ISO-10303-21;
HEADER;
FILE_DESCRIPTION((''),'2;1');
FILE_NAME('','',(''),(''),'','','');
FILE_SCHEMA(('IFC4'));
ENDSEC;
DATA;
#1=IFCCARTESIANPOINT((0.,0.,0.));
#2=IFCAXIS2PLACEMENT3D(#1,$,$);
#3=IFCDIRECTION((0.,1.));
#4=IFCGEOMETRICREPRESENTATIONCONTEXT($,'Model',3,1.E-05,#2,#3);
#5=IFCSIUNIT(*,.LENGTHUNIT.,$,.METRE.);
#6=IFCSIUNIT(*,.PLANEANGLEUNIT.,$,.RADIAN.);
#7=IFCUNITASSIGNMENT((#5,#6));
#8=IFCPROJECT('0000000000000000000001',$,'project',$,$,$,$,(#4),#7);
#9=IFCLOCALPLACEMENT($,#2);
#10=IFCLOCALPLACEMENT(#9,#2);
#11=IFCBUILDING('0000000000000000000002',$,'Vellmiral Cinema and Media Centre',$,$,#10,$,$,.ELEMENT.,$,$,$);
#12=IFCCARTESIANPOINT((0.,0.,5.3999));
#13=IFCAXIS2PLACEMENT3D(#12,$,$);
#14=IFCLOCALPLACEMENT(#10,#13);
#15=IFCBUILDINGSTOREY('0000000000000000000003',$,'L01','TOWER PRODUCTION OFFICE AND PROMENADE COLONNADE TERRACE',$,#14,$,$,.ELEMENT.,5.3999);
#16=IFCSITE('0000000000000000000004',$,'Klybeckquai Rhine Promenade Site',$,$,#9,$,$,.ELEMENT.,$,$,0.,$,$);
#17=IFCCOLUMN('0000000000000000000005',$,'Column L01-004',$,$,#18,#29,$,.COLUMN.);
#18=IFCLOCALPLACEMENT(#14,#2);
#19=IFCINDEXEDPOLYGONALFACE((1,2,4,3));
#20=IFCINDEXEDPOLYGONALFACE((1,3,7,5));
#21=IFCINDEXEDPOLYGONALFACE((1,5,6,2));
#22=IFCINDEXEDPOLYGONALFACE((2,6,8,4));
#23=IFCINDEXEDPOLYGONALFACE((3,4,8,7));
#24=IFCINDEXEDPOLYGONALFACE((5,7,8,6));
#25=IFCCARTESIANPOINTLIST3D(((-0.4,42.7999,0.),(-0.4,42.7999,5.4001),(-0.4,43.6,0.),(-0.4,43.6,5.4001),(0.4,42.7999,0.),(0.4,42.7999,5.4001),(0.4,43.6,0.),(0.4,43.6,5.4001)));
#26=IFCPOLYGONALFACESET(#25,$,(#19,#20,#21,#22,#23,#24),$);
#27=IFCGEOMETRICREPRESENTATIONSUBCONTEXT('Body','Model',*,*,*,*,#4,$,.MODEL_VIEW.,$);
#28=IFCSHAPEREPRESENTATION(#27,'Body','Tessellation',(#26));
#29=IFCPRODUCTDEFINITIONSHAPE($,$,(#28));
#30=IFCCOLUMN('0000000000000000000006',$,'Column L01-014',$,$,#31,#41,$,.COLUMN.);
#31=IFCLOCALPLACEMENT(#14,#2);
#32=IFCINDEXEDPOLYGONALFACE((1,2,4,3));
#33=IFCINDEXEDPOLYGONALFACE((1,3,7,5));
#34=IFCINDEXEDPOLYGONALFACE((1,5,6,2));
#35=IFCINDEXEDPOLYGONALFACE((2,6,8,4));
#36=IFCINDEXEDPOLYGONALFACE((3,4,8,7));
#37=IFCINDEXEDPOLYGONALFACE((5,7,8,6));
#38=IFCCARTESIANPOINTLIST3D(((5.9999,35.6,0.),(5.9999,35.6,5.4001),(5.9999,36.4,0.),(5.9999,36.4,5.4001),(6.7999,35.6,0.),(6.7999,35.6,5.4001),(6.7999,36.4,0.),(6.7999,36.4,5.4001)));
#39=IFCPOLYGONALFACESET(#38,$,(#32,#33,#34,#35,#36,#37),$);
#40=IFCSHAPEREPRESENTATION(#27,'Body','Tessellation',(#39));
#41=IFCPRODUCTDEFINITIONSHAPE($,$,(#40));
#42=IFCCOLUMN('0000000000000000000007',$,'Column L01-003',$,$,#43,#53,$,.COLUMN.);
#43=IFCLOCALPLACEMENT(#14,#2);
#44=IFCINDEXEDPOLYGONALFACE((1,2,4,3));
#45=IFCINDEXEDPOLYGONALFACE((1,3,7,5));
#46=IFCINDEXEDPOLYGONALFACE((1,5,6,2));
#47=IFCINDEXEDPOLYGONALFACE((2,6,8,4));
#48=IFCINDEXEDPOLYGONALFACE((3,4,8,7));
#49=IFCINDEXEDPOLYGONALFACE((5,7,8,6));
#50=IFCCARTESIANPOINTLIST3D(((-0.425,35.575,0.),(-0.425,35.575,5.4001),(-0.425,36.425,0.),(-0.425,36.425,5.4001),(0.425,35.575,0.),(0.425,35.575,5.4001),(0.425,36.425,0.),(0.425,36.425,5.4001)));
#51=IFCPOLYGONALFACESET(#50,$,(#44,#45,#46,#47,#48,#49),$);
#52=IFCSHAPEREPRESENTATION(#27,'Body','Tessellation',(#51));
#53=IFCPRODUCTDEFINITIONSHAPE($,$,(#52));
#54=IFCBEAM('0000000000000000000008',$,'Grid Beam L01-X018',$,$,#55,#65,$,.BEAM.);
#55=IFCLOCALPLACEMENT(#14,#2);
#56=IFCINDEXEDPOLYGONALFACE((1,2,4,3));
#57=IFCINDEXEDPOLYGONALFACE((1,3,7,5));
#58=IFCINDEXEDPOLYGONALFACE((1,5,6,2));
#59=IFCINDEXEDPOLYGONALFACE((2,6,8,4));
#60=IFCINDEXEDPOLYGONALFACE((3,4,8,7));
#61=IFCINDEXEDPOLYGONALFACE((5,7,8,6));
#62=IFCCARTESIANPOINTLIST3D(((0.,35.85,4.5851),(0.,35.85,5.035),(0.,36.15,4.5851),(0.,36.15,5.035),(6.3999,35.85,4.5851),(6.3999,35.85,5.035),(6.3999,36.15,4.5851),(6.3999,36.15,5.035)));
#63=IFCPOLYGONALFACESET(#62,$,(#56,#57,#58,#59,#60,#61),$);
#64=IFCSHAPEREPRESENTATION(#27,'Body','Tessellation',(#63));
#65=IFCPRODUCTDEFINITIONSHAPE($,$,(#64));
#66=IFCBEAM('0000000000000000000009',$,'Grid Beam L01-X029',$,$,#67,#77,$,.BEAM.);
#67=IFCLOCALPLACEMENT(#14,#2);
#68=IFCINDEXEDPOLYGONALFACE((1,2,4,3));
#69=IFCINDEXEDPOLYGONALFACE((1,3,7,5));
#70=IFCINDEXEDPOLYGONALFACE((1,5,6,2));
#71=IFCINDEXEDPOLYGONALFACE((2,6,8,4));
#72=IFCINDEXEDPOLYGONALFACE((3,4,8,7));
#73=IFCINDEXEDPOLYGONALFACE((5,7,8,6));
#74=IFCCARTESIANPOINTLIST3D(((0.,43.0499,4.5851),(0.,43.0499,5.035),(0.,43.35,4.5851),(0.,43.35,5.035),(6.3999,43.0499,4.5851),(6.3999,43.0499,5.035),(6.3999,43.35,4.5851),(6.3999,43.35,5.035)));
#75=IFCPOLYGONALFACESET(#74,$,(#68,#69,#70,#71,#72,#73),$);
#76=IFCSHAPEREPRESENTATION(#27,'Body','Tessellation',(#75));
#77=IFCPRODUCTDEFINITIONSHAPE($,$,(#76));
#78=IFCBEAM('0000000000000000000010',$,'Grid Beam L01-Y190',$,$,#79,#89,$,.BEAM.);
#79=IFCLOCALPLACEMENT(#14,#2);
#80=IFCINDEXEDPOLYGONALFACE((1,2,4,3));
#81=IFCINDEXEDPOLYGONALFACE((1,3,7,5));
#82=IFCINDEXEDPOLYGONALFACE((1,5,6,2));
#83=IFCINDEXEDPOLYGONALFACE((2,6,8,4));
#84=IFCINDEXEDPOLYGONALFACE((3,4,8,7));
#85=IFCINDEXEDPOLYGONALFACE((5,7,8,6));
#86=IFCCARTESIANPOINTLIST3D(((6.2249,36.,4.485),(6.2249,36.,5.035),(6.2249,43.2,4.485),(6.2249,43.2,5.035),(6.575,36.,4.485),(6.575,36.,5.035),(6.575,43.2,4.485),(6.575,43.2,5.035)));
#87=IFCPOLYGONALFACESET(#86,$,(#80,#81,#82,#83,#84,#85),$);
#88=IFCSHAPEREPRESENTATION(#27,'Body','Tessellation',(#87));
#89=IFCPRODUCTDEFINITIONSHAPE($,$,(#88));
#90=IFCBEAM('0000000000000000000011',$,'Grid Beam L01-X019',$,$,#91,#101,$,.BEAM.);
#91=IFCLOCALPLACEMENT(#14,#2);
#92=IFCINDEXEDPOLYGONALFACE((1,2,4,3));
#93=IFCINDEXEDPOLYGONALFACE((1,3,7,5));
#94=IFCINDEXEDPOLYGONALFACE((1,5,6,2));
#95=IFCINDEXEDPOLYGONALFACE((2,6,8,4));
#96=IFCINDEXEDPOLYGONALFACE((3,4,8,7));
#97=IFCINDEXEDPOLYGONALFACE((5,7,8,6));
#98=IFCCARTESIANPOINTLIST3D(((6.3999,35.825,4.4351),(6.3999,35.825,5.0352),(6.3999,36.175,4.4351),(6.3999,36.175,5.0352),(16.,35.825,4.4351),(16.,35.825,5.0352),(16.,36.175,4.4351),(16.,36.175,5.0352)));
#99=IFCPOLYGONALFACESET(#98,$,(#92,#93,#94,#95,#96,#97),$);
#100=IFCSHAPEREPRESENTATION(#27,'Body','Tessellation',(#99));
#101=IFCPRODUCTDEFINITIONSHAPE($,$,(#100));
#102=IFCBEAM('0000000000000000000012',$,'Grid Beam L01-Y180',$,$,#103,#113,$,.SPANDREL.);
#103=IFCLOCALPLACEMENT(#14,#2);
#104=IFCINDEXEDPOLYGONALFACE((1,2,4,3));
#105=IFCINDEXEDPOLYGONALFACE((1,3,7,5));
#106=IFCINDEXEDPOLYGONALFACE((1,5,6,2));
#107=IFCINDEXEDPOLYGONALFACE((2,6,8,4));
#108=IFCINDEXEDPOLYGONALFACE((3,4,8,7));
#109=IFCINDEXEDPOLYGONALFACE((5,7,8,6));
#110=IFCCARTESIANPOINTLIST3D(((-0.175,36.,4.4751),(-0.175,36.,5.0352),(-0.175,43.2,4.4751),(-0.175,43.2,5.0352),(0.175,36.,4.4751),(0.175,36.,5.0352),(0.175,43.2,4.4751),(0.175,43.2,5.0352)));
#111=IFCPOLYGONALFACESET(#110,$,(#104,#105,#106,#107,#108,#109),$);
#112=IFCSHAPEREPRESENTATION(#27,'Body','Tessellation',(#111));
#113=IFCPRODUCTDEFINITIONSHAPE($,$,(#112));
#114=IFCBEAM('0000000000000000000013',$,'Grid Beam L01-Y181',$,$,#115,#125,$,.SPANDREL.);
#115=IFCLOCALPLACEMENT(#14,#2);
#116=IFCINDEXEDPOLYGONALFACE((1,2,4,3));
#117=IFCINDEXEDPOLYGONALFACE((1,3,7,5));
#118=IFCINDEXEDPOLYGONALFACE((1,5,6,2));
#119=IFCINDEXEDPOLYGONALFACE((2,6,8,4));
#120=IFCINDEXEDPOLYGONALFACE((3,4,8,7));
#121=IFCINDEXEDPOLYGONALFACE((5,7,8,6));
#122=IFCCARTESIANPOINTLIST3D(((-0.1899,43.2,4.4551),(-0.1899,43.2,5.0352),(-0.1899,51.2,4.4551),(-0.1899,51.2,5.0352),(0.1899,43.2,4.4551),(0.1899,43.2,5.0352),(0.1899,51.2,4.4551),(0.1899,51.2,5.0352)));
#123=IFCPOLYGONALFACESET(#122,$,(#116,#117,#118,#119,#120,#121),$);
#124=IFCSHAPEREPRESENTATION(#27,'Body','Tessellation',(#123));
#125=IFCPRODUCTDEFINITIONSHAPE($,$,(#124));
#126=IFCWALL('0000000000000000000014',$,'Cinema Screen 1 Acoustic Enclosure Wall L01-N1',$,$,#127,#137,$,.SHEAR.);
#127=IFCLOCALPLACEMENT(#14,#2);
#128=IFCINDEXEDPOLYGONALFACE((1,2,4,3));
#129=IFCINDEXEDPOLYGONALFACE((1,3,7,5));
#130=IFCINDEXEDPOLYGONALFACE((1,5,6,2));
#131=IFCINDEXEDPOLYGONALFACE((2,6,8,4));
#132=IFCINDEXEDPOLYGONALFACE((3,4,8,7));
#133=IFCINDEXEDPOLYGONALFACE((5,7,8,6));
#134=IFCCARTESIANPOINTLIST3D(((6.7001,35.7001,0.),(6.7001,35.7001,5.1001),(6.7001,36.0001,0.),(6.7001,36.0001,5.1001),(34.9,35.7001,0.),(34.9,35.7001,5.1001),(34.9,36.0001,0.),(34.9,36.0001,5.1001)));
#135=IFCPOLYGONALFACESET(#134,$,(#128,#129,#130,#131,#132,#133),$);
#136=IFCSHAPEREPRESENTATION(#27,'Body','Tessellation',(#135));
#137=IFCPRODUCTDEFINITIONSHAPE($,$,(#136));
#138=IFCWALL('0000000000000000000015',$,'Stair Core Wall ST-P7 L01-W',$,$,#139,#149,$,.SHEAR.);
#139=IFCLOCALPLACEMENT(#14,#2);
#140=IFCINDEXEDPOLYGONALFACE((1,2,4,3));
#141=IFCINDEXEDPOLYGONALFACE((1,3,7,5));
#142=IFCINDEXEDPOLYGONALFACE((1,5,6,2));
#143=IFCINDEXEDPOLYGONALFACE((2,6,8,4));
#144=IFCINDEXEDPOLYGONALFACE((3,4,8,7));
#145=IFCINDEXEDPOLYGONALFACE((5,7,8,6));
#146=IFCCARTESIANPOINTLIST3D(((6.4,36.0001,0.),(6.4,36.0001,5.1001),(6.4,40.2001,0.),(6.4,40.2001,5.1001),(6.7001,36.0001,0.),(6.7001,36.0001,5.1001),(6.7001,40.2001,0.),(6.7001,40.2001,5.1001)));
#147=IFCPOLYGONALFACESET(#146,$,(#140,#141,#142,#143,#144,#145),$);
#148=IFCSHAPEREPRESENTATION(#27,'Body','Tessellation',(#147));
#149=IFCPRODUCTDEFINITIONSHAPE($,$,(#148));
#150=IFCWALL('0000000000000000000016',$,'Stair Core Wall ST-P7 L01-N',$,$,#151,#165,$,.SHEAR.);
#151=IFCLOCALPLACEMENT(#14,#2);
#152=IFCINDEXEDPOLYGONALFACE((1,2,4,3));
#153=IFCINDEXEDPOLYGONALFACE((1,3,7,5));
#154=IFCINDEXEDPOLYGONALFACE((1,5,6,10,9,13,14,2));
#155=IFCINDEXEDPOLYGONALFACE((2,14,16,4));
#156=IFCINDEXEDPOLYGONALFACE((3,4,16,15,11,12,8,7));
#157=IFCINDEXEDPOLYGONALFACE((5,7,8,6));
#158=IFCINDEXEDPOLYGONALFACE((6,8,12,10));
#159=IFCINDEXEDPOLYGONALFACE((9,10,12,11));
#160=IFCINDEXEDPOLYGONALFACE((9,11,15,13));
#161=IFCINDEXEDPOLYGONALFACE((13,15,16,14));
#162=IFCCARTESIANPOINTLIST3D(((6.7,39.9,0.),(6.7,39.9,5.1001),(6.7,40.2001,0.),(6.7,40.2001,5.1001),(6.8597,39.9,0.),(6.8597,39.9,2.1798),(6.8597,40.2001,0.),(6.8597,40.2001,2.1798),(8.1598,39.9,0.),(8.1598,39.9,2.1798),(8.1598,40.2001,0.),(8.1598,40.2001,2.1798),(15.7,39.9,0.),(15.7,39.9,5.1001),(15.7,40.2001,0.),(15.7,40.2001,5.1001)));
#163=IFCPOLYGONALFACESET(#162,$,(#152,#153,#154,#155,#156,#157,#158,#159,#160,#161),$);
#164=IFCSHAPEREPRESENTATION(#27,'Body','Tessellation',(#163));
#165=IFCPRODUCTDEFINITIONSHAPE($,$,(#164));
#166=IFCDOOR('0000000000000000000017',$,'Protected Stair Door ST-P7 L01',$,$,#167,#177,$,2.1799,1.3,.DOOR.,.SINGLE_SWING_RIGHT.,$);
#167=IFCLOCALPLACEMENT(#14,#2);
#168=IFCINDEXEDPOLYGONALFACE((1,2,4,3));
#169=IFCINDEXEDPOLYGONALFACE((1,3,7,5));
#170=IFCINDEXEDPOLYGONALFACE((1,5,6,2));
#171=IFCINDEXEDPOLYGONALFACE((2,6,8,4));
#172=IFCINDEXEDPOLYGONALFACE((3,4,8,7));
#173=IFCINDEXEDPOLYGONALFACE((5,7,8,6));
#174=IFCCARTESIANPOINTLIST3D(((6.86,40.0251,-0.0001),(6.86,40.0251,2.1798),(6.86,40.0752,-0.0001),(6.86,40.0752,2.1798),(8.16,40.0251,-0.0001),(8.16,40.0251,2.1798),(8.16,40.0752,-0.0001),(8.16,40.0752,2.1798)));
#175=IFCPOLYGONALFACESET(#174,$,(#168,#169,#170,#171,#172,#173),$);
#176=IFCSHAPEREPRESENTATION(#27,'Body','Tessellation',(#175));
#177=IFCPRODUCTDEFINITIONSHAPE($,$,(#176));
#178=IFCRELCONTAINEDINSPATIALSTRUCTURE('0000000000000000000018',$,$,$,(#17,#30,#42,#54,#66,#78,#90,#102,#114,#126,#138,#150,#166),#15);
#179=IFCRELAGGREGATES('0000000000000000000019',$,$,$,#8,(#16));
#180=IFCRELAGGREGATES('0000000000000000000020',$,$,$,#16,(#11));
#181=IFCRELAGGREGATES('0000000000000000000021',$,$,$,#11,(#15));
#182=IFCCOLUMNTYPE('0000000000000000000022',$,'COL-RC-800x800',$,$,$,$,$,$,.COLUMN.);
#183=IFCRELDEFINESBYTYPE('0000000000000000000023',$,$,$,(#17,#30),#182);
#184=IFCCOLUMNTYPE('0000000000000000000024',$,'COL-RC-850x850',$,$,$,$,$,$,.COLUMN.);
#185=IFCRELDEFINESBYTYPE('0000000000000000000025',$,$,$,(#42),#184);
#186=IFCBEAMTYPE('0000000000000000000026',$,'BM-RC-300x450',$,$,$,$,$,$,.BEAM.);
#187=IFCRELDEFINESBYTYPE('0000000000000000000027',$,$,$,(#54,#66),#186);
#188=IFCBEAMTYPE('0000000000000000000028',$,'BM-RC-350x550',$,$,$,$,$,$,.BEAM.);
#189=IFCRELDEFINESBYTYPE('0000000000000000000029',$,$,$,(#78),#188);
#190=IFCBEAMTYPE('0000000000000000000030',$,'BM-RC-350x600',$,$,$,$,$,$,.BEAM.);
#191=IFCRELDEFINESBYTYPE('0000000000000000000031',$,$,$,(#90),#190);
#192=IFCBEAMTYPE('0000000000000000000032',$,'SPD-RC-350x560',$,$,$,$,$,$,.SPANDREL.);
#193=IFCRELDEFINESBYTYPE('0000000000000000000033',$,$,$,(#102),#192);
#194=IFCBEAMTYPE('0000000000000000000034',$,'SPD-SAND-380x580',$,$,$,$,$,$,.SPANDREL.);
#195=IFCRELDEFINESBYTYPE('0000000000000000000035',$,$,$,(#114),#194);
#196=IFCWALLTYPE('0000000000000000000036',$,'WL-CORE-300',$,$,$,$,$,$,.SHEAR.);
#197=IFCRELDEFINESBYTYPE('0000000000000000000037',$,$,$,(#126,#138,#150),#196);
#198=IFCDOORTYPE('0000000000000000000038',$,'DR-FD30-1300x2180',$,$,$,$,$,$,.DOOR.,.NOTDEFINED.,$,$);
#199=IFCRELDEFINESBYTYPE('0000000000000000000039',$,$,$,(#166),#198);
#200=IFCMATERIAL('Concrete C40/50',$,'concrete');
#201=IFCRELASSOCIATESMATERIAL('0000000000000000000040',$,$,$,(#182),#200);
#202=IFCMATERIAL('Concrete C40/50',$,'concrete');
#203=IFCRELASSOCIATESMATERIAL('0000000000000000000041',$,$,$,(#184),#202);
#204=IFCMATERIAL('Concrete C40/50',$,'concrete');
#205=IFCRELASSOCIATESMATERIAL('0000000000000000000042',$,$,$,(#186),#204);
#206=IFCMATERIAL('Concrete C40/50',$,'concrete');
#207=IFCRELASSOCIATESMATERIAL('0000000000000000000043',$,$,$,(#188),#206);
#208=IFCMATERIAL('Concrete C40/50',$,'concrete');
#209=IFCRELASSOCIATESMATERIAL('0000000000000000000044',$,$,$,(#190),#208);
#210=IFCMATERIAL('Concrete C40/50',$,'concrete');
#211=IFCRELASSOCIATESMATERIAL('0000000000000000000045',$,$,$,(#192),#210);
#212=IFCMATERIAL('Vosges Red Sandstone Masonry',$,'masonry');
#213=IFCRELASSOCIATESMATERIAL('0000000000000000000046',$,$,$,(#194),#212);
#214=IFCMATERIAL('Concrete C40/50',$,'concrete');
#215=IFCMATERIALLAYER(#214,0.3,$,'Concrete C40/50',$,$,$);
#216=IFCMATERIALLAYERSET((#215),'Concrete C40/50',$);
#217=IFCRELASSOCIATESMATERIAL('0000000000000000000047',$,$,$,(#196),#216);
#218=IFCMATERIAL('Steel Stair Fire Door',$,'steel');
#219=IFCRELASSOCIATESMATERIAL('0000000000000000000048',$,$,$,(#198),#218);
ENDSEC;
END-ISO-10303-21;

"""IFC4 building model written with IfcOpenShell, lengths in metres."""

from ifc_helpers import new_model, si_unit, direction, frame, frame_2d, origin, origin_2d, place, context, subcontext, project, spatial, rectangle, extrude, material, layer, layer_set, material_profile, profile_set, type_object, element, fill, save


model = new_model("IFC4")

# Units and contexts
model_context = context("Model", 3, precision=1e-05, world=origin(), true_north=direction((0.0, 1.0)))
body_context = subcontext(model_context, "Body", "Model", "MODEL_VIEW")
ifc_project = project(units=[si_unit("LENGTHUNIT", "METRE"), si_unit("PLANEANGLEUNIT", "RADIAN")], contexts=[model_context])

# Site, building, storey
site_placement = place(None, origin())
site = spatial("IfcSite", under=ifc_project, at=site_placement, Name="Klybeckquai Rhine Promenade Site", CompositionType="ELEMENT", RefElevation=0.0)
building_placement = place(site_placement, origin())
building = spatial("IfcBuilding", under=site, at=building_placement, Name="Vellmiral Cinema and Media Centre", CompositionType="ELEMENT")
storey_placement = place(building_placement, frame((0.0, 0.0, 5.3999)))
storey = spatial("IfcBuildingStorey", under=building, at=storey_placement, Name="L01", Description="TOWER PRODUCTION OFFICE AND PROMENADE COLONNADE TERRACE", CompositionType="ELEMENT", Elevation=5.3999)

# Columns
ifc_material_1 = material(Name="Concrete C40/50", Category="concrete")
ifc_material_profile_1 = material_profile(ifc_material_1, rectangle(XDim=0.8, YDim=0.8, at=origin_2d()), Name="RC 800x800")
ifc_profile_set_1 = profile_set([ifc_material_profile_1], Name="Concrete C40/50")
column_type_1 = type_object("IfcColumnType", Name="COL-RC-800x800", PredefinedType="COLUMN", material=ifc_profile_set_1)
for number, where, z_axis, x_axis, name in (
    (1, (0.0, 43.2, 0.0), (0.0, 0.0, 1.0), (1.0, 0.0, 0.0), "Column L01-004"),
    (2, (6.3999, 36.0, 0.0), (0.0, 0.0, 1.0), (1.0, 0.0, 0.0), "Column L01-014"),
):
    element("IfcColumn", number, at=place(storey_placement, frame(where, z_axis=z_axis, x_axis=x_axis)), inside=storey, type_object=column_type_1, Name=name, PredefinedType="COLUMN", context=body_context, shape_type="SweptSolid", body=[
        extrude(rectangle(XDim=0.8, YDim=0.8, at=origin_2d()), origin(), (0.0, 0.0, 1.0), 5.4001),
    ])
ifc_material_2 = material(Name="Concrete C40/50", Category="concrete")
ifc_material_profile_2 = material_profile(ifc_material_2, rectangle(XDim=0.8501, YDim=0.8501, at=origin_2d()), Name="RC 850x850")
ifc_profile_set_2 = profile_set([ifc_material_profile_2], Name="Concrete C40/50")
column_type_2 = type_object("IfcColumnType", Name="COL-RC-850x850", PredefinedType="COLUMN", material=ifc_profile_set_2)
column_placement = place(storey_placement, frame((0.0, 36.0, 0.0), z_axis=(0.0, 0.0, 1.0), x_axis=(1.0, 0.0, 0.0)))
element("IfcColumn", 3, at=column_placement, inside=storey, type_object=column_type_2, Name="Column L01-003", PredefinedType="COLUMN", context=body_context, shape_type="SweptSolid", body=[
    extrude(rectangle(XDim=0.8501, YDim=0.8501, at=origin_2d()), origin(), (0.0, 0.0, 1.0), 5.4001),
])

# Beams
ifc_material_3 = material(Name="Concrete C40/50", Category="concrete")
ifc_material_profile_3 = material_profile(ifc_material_3, rectangle(XDim=0.3, YDim=0.45, at=origin_2d()), Name="RC 300x450")
ifc_profile_set_3 = profile_set([ifc_material_profile_3], Name="Concrete C40/50")
beam_type_1 = type_object("IfcBeamType", Name="BM-RC-300x450", PredefinedType="BEAM", material=ifc_profile_set_3)
for number, where, z_axis, x_axis, name in (
    (4, (0.0, 36.0, 4.8101), (1.0, 0.0, 0.0), (0.0, 1.0, 0.0), "Grid Beam L01-X018"),
    (5, (0.0, 43.2, 4.8101), (1.0, 0.0, 0.0), (0.0, 1.0, 0.0), "Grid Beam L01-X029"),
):
    element("IfcBeam", number, at=place(storey_placement, frame(where, z_axis=z_axis, x_axis=x_axis)), inside=storey, type_object=beam_type_1, Name=name, PredefinedType="BEAM", context=body_context, shape_type="SweptSolid", body=[
        extrude(rectangle(XDim=0.3, YDim=0.45, at=origin_2d()), origin(), (0.0, 0.0, 1.0), 6.3999),
    ])
ifc_material_4 = material(Name="Concrete C40/50", Category="concrete")
ifc_material_profile_4 = material_profile(ifc_material_4, rectangle(XDim=0.3501, YDim=0.55, at=origin_2d()), Name="RC 350x550")
ifc_profile_set_4 = profile_set([ifc_material_profile_4], Name="Concrete C40/50")
beam_type_2 = type_object("IfcBeamType", Name="BM-RC-350x550", PredefinedType="BEAM", material=ifc_profile_set_4)
beam_1_placement = place(storey_placement, frame((6.3999, 36.0, 4.76), z_axis=(0.0, 1.0, 0.0), x_axis=(-1.0, 0.0, 0.0)))
element("IfcBeam", 6, at=beam_1_placement, inside=storey, type_object=beam_type_2, Name="Grid Beam L01-Y190", PredefinedType="BEAM", context=body_context, shape_type="SweptSolid", body=[
    extrude(rectangle(XDim=0.3501, YDim=0.55, at=origin_2d()), origin(), (0.0, 0.0, 1.0), 7.2),
])
ifc_material_5 = material(Name="Concrete C40/50", Category="concrete")
ifc_material_profile_5 = material_profile(ifc_material_5, rectangle(XDim=0.3501, YDim=0.6001, at=origin_2d()), Name="RC 350x600")
ifc_profile_set_5 = profile_set([ifc_material_profile_5], Name="Concrete C40/50")
beam_type_3 = type_object("IfcBeamType", Name="BM-RC-350x600", PredefinedType="BEAM", material=ifc_profile_set_5)
beam_2_placement = place(storey_placement, frame((6.3999, 36.0, 4.7351), z_axis=(1.0, 0.0, 0.0), x_axis=(0.0, 1.0, 0.0)))
element("IfcBeam", 7, at=beam_2_placement, inside=storey, type_object=beam_type_3, Name="Grid Beam L01-X019", PredefinedType="BEAM", context=body_context, shape_type="SweptSolid", body=[
    extrude(rectangle(XDim=0.3501, YDim=0.6001, at=origin_2d()), origin(), (0.0, 0.0, 1.0), 9.6001),
])
ifc_material_6 = material(Name="Concrete C40/50", Category="concrete")
ifc_material_profile_6 = material_profile(ifc_material_6, rectangle(XDim=0.3501, YDim=0.5601, at=origin_2d()), Name="RC 350x560")
ifc_profile_set_6 = profile_set([ifc_material_profile_6], Name="Concrete C40/50")
beam_type_4 = type_object("IfcBeamType", Name="SPD-RC-350x560", PredefinedType="SPANDREL", material=ifc_profile_set_6)
beam_3_placement = place(storey_placement, frame((0.0, 36.0, 4.7551), z_axis=(0.0, 1.0, 0.0), x_axis=(-1.0, 0.0, 0.0)))
element("IfcBeam", 8, at=beam_3_placement, inside=storey, type_object=beam_type_4, Name="Grid Beam L01-Y180", PredefinedType="SPANDREL", context=body_context, shape_type="SweptSolid", body=[
    extrude(rectangle(XDim=0.3501, YDim=0.5601, at=origin_2d()), origin(), (0.0, 0.0, 1.0), 7.2),
])
ifc_material_7 = material(Name="Vosges Red Sandstone Masonry", Category="masonry")
ifc_material_profile_7 = material_profile(ifc_material_7, rectangle(XDim=0.3799, YDim=0.5801, at=origin_2d()), Name="SAND 380x580")
ifc_profile_set_7 = profile_set([ifc_material_profile_7], Name="Vosges Red Sandstone Masonry")
beam_type_5 = type_object("IfcBeamType", Name="SPD-SAND-380x580", PredefinedType="SPANDREL", material=ifc_profile_set_7)
beam_4_placement = place(storey_placement, frame((0.0, 43.2, 4.7451), z_axis=(0.0, 1.0, 0.0), x_axis=(-1.0, 0.0, 0.0)))
element("IfcBeam", 9, at=beam_4_placement, inside=storey, type_object=beam_type_5, Name="Grid Beam L01-Y181", PredefinedType="SPANDREL", context=body_context, shape_type="SweptSolid", body=[
    extrude(rectangle(XDim=0.3799, YDim=0.5801, at=origin_2d()), origin(), (0.0, 0.0, 1.0), 8.0),
])

# Walls
ifc_material_8 = material(Name="Concrete C40/50", Category="concrete")
ifc_layer_1 = layer(ifc_material_8, 0.3, Name="Concrete C40/50")
ifc_layer_set_1 = layer_set([ifc_layer_1], Name="Concrete C40/50")
wall_type_1 = type_object("IfcWallType", Name="WL-CORE-300", PredefinedType="SHEAR", material=ifc_layer_set_1)
wall_1_placement = place(storey_placement, frame((6.7, 35.8501, 0.0), z_axis=(0.0, 0.0, 1.0), x_axis=(1.0, 0.0, 0.0)))
element("IfcWall", 10, at=wall_1_placement, inside=storey, type_object=wall_type_1, Name="Cinema Screen 1 Acoustic Enclosure Wall L01-N1", PredefinedType="SHEAR", context=body_context, shape_type="SweptSolid", body=[
    extrude(rectangle(XDim=28.2, YDim=0.3, at=frame_2d((14.1001, 0.0))), origin(), (0.0, 0.0, 1.0), 5.1001),
])
wall_2_placement = place(storey_placement, frame((6.55, 36.0, 0.0), z_axis=(0.0, 0.0, 1.0), x_axis=(0.0, 1.0, 0.0)))
element("IfcWall", 11, at=wall_2_placement, inside=storey, type_object=wall_type_1, Name="Stair Core Wall ST-P7 L01-W", PredefinedType="SHEAR", context=body_context, shape_type="SweptSolid", body=[
    extrude(rectangle(XDim=4.2, YDim=0.3, at=frame_2d((2.1001, 0.0))), origin(), (0.0, 0.0, 1.0), 5.1001),
])

# Wall, opening, door
wall_3_placement = place(storey_placement, frame((6.7, 40.05, 0.0), z_axis=(0.0, 0.0, 1.0), x_axis=(1.0, 0.0, 0.0)))
wall_3 = element("IfcWall", 12, at=wall_3_placement, inside=storey, type_object=wall_type_1, Name="Stair Core Wall ST-P7 L01-N", PredefinedType="SHEAR", context=body_context, shape_type="SweptSolid", body=[
    extrude(rectangle(XDim=9.0, YDim=0.3, at=frame_2d((4.5, 0.0))), origin(), (0.0, 0.0, 1.0), 5.1001),
])
opening_1_placement = place(wall_3_placement, frame((0.1599, 0.0, 0.0)))
opening_1 = element("IfcOpeningElement", 13, at=opening_1_placement, cuts=wall_3, PredefinedType="OPENING", context=body_context, shape_type="SweptSolid", body=[
    extrude(rectangle(XDim=1.3, YDim=2.1799, at=frame_2d((0.6499, 1.0898))), frame((0.0, 0.1621, 0.0), z_axis=(0.0, -1.0, 0.0), x_axis=(1.0, 0.0, 0.0)), (0.0, 0.0, 1.0), 0.324),
])
ifc_material_9 = material(Name="Steel Stair Fire Door", Category="steel")
door_type = type_object("IfcDoorType", Name="DR-FD30-1300x2180", OperationType="NOTDEFINED", PredefinedType="DOOR", material=ifc_material_9)
door_placement = place(opening_1_placement, frame((1.3, 0.0, 0.0), z_axis=(0.0, 0.0, 1.0), x_axis=(-1.0, 0.0, 0.0)))
door = element("IfcDoor", 14, at=door_placement, inside=storey, type_object=door_type, Name="Protected Stair Door ST-P7 L01", OperationType="SINGLE_SWING_RIGHT", OverallHeight=2.1799, OverallWidth=1.3, PredefinedType="DOOR", context=body_context, shape_type="SweptSolid", body=[
    extrude(rectangle(XDim=1.3, YDim=2.1799, at=frame_2d((0.6499, 1.0898))), frame((0.0, 0.0249, 0.0), z_axis=(0.0, -1.0, 0.0), x_axis=(1.0, 0.0, 0.0)), (0.0, 0.0, 1.0), 0.05),
])
fill(opening_1, door)

save(model, "model.ifc")
